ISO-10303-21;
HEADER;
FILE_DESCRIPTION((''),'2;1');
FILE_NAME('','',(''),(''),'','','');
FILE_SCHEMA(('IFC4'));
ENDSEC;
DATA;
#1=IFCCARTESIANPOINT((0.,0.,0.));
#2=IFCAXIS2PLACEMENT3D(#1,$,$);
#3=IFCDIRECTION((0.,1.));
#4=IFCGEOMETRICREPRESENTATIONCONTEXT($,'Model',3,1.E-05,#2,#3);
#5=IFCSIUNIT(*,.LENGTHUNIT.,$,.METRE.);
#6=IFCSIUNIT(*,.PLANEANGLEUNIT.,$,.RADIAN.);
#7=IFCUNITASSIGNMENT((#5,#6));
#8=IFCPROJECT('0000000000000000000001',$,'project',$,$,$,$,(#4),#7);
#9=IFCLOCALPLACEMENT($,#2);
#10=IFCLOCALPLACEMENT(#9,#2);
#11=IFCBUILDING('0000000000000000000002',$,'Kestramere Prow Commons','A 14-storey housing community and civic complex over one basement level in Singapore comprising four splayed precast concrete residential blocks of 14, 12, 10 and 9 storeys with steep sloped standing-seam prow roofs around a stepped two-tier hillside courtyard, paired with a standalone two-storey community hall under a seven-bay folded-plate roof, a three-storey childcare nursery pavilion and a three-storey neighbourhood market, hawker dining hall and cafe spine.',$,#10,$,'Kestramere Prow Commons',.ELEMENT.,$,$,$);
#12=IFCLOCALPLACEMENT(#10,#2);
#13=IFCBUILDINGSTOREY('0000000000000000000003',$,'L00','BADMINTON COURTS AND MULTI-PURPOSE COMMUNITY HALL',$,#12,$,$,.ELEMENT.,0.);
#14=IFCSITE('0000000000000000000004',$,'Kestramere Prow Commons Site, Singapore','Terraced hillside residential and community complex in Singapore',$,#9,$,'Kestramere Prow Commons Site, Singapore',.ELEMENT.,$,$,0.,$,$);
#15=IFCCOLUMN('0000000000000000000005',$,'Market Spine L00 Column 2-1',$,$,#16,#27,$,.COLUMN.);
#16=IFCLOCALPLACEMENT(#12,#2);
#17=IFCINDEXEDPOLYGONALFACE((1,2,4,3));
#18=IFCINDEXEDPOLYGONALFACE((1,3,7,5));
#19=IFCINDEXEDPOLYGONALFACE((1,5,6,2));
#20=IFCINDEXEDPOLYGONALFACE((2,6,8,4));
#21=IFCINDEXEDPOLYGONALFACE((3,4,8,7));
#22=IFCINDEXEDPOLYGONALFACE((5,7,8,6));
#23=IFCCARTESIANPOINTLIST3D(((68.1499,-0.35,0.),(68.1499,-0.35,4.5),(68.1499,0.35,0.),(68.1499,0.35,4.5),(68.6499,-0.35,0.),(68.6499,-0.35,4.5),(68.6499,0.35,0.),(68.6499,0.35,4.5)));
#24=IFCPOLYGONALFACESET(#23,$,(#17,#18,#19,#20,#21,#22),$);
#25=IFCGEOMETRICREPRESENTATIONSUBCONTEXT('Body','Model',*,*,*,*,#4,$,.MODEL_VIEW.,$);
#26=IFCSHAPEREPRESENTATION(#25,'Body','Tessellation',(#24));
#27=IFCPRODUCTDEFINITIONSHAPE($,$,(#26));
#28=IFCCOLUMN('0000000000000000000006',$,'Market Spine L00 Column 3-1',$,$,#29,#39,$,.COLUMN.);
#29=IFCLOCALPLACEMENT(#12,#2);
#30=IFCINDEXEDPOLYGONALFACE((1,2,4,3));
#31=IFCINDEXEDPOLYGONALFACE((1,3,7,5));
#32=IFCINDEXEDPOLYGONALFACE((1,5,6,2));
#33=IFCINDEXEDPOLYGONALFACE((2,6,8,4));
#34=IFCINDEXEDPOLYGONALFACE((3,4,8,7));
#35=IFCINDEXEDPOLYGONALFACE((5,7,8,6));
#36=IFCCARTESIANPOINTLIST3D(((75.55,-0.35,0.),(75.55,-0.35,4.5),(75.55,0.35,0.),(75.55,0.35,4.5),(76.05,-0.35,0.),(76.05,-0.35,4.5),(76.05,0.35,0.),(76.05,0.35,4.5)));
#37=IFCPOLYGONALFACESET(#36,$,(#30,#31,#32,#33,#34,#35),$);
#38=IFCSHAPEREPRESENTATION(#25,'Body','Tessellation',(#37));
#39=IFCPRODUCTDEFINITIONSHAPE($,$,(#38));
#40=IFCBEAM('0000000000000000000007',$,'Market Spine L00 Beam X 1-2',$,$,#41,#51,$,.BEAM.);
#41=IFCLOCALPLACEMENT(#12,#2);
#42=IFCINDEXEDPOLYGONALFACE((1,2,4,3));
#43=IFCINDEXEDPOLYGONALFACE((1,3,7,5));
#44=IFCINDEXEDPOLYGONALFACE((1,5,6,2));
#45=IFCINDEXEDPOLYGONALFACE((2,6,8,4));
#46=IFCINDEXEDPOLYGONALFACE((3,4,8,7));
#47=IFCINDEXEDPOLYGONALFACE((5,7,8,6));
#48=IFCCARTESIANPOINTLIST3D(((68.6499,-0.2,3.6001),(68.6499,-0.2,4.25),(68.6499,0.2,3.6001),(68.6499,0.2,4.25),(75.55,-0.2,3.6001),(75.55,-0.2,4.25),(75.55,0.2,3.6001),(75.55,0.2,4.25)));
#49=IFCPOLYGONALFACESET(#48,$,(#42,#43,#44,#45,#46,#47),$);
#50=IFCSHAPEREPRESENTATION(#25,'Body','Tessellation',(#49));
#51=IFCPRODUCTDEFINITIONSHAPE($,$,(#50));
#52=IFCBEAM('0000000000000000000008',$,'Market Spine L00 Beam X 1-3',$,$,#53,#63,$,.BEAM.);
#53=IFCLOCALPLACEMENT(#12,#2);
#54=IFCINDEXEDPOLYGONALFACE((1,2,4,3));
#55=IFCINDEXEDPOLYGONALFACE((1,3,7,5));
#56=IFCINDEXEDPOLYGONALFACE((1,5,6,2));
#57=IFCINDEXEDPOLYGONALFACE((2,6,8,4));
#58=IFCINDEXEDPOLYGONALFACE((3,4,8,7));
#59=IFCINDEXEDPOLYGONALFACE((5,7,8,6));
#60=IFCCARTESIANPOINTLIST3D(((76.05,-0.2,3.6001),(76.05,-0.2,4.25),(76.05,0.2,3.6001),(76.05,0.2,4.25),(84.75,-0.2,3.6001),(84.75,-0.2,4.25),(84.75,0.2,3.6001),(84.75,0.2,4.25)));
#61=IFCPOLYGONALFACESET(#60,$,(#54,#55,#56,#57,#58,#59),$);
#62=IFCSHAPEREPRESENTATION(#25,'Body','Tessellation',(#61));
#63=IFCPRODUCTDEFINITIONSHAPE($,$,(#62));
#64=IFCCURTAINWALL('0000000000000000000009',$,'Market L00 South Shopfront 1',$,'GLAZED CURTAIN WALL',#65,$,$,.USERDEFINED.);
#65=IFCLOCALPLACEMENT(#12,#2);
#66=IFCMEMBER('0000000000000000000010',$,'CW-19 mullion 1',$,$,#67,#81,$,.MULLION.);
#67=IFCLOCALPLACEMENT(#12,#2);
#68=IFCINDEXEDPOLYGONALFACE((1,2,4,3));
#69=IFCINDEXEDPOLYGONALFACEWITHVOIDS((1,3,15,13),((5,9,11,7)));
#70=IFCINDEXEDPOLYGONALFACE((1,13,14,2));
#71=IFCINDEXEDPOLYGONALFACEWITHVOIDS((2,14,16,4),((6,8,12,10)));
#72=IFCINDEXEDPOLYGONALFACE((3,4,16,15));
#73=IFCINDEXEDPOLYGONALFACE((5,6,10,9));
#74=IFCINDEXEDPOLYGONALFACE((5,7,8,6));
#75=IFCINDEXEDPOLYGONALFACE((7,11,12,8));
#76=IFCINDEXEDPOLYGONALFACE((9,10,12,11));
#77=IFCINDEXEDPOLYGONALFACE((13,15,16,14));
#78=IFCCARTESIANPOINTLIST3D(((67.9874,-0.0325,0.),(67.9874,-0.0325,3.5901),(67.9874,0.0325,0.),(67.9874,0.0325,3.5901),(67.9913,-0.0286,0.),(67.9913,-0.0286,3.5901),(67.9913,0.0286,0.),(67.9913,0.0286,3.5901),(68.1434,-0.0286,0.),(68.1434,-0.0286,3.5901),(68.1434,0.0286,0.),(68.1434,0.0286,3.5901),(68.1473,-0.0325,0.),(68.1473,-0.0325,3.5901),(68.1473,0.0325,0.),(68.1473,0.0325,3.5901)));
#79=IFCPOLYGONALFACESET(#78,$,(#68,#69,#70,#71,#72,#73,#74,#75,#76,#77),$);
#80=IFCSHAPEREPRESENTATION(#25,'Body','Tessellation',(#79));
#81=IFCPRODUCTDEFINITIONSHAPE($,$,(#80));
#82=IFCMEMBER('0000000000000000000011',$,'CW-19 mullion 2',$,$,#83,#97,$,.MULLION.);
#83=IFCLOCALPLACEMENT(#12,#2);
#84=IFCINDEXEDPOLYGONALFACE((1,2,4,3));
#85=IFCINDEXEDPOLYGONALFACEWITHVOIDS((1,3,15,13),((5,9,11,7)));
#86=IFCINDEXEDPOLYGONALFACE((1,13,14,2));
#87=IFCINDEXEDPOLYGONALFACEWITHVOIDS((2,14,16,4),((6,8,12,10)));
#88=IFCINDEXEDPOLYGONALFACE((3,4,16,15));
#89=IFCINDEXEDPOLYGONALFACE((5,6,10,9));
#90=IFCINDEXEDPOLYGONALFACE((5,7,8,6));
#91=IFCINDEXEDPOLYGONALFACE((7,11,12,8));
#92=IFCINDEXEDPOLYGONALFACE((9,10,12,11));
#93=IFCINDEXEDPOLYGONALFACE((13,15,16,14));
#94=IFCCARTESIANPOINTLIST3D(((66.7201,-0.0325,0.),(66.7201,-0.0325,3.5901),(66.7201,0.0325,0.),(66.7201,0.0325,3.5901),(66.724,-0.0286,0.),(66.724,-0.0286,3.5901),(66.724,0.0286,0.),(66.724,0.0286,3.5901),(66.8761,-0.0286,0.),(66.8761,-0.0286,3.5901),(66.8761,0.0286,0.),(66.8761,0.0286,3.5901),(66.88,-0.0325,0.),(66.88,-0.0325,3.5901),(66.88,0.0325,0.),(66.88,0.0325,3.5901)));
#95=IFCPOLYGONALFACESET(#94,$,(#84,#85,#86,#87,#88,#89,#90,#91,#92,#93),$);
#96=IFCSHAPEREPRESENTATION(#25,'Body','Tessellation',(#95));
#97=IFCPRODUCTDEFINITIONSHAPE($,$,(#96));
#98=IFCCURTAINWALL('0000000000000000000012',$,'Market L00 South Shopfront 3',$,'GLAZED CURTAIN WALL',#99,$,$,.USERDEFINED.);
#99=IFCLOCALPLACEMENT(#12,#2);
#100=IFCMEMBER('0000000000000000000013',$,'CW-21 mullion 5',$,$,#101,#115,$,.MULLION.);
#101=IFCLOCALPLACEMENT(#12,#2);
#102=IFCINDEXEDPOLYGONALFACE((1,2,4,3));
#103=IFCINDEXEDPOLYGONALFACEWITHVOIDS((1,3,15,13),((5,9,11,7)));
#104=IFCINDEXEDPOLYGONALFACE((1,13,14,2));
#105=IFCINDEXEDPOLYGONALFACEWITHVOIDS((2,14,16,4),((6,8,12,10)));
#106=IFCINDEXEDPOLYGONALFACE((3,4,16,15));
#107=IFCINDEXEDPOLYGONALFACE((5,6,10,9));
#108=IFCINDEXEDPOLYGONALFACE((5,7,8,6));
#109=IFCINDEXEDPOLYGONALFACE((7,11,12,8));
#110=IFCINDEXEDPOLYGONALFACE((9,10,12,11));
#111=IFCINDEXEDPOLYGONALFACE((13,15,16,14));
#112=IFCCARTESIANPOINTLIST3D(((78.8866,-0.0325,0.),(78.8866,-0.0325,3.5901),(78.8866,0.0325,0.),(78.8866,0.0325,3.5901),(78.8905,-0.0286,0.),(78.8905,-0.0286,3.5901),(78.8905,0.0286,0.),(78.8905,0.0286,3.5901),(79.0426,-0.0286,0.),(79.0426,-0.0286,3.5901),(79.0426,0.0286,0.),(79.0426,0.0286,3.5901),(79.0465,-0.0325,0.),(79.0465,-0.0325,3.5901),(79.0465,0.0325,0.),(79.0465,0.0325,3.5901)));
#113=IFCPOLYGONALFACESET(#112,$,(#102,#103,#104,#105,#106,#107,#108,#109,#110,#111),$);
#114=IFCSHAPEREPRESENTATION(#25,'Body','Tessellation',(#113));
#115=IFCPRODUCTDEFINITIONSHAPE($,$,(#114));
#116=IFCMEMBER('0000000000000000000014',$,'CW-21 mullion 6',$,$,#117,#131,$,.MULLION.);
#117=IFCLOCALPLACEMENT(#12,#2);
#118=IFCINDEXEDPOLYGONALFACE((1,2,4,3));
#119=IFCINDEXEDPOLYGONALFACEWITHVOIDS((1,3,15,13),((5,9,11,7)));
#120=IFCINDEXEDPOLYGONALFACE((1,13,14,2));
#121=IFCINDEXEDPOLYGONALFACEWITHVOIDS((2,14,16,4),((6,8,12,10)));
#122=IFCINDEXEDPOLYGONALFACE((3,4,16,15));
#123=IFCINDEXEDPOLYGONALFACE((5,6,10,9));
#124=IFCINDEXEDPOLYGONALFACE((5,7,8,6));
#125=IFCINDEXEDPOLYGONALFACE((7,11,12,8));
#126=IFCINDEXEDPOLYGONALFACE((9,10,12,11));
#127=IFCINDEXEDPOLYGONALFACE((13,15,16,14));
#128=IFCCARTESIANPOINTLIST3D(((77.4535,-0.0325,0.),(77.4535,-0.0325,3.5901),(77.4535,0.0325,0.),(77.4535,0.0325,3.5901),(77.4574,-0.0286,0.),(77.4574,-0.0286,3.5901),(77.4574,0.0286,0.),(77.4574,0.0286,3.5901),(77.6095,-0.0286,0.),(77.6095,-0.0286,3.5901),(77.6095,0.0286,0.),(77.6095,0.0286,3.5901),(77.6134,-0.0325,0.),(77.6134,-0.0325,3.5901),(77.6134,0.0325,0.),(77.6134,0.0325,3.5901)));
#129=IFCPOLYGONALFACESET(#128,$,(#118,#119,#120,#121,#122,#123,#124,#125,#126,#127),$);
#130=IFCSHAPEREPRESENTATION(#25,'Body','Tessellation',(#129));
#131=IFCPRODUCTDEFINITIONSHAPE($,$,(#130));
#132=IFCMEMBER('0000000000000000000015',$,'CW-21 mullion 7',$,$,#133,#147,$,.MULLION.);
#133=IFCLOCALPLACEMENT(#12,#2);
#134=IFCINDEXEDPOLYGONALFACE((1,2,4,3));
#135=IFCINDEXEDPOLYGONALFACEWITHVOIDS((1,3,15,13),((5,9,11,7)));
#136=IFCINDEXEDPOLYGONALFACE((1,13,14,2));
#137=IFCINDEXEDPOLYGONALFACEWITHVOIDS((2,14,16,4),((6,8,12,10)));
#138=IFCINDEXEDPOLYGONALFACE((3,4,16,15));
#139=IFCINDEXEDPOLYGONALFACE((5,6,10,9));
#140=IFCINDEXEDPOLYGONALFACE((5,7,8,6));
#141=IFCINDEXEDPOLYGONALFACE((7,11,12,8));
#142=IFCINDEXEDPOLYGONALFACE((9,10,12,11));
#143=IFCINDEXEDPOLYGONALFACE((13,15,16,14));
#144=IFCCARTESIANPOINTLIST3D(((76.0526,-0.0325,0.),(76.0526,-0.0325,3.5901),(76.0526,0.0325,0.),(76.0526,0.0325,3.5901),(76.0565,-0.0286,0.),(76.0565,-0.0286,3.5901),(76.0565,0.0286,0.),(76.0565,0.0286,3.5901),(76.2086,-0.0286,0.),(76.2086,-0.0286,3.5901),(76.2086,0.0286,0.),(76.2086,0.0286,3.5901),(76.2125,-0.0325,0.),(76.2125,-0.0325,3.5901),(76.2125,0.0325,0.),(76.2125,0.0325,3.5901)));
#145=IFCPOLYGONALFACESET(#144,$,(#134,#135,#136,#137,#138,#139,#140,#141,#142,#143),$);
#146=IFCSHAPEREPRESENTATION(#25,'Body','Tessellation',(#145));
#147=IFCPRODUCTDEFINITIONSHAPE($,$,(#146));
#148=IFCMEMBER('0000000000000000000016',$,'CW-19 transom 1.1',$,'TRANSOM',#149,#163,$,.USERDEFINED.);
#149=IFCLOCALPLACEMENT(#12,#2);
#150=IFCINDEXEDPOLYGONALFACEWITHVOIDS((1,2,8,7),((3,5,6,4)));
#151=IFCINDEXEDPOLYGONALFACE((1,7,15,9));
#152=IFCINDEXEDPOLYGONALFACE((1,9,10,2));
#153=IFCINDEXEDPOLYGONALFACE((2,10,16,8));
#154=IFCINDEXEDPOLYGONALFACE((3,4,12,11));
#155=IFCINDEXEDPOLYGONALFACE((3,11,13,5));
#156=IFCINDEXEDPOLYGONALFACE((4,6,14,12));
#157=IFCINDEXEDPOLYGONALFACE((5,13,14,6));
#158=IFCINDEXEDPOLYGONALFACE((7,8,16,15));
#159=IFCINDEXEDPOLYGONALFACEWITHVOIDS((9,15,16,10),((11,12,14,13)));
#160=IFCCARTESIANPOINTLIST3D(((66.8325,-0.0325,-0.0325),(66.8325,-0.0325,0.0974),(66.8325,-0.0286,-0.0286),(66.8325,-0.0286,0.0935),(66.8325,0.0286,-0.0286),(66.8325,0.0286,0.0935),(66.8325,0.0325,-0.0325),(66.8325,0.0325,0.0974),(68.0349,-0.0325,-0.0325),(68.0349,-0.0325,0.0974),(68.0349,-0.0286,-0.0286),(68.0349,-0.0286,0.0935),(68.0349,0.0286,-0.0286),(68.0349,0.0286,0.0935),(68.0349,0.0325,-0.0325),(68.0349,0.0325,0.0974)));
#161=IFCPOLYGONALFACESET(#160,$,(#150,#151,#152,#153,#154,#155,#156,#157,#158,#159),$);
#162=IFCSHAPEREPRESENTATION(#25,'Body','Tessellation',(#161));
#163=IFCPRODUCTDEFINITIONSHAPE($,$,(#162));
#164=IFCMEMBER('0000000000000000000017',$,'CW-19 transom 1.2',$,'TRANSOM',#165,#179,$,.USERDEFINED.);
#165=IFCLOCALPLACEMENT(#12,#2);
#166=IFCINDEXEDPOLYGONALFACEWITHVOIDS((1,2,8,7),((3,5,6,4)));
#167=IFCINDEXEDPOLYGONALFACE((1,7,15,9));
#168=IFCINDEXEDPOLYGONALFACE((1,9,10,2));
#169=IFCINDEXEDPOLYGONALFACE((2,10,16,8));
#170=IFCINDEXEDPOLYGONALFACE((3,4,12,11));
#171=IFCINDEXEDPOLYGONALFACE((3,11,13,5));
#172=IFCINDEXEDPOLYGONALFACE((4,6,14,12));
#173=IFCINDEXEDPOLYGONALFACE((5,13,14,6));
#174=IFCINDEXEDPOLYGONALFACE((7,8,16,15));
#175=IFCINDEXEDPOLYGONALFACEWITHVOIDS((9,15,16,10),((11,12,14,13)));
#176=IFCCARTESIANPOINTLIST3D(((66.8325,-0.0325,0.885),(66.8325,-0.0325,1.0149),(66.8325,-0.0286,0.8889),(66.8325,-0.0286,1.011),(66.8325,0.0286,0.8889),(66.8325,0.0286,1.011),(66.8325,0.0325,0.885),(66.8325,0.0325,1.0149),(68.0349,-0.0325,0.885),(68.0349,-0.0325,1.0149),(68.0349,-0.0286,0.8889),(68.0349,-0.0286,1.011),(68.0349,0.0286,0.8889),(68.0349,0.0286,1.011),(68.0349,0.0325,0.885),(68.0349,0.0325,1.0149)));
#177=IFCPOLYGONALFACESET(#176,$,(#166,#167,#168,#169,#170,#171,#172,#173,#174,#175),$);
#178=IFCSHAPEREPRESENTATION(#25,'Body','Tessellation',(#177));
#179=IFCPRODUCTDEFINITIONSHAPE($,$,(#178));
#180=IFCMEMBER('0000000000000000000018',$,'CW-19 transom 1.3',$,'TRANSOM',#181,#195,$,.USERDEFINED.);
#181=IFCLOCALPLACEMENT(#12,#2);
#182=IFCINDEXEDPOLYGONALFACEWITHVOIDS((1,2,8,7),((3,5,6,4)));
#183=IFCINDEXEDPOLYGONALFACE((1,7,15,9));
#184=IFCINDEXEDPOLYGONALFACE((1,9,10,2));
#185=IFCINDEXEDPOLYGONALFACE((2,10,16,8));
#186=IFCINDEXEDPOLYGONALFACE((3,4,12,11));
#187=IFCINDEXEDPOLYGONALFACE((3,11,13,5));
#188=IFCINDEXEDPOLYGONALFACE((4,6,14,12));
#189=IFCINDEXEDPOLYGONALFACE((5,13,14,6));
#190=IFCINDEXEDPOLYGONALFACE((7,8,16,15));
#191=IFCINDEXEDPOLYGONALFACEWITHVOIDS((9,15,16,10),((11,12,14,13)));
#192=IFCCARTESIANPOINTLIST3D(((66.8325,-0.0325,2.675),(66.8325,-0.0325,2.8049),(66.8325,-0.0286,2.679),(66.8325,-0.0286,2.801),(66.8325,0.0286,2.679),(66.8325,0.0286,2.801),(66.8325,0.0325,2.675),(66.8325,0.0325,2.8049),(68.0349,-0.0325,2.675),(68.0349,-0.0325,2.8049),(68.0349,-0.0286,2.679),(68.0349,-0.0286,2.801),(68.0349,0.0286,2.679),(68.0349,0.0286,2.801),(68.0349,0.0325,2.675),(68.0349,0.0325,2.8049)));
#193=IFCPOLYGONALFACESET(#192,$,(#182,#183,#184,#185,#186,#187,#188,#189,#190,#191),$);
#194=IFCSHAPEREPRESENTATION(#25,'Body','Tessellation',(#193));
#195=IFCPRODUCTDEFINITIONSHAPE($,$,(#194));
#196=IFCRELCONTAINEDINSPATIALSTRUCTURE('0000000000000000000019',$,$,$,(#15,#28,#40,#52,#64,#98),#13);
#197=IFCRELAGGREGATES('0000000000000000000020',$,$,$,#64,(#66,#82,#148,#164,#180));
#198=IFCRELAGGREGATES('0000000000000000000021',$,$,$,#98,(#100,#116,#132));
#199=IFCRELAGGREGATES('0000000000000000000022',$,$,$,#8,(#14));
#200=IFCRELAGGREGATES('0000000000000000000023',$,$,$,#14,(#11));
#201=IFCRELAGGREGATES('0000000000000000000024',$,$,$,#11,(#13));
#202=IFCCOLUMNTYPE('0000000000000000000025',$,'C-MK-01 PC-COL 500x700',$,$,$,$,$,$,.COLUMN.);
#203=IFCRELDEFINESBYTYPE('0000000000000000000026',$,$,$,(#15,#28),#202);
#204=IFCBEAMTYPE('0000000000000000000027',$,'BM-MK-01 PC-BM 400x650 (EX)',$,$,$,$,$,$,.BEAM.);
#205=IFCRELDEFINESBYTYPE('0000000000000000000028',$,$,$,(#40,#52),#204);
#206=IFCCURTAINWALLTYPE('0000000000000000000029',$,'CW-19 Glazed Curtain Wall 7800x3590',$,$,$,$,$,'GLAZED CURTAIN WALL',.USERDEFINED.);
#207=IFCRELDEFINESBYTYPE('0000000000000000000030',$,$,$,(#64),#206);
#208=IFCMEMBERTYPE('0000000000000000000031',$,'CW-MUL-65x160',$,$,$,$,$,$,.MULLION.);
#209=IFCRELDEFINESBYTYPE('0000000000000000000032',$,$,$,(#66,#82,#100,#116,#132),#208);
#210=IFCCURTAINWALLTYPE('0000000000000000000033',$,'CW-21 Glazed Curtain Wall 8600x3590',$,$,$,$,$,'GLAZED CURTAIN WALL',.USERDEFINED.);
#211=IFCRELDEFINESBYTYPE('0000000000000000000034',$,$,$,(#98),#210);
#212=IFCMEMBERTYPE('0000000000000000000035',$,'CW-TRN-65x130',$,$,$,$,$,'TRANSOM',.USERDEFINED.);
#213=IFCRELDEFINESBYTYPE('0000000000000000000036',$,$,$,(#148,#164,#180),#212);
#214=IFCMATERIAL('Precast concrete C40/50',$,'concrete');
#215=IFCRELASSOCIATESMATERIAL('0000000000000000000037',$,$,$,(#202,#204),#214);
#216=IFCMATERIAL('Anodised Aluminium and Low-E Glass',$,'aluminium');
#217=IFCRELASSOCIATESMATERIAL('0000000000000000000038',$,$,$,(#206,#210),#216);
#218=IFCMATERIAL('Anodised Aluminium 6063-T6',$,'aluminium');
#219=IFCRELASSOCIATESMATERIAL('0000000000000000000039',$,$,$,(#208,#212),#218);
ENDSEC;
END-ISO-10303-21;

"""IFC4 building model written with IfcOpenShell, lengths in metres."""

from ifc_helpers import new_model, si_unit, direction, frame, origin, origin_2d, place, context, subcontext, project, spatial, rectangle, hollow_rectangle, extrude, material, material_profile, profile_set, type_object, element, aggregate, save


model = new_model("IFC4")

# Units and contexts
model_context = context("Model", 3, precision=1e-05, world=origin(), true_north=direction((0.0, 1.0)))
body_context = subcontext(model_context, "Body", "Model", "MODEL_VIEW")
ifc_project = project(units=[si_unit("LENGTHUNIT", "METRE"), si_unit("PLANEANGLEUNIT", "RADIAN")], contexts=[model_context])

# Site, building, storey
site_placement = place(None, origin())
site = spatial("IfcSite", under=ifc_project, at=site_placement, Name="Kestramere Prow Commons Site, Singapore", Description="Terraced hillside residential and community complex in Singapore", LongName="Kestramere Prow Commons Site, Singapore", CompositionType="ELEMENT", RefElevation=0.0)
building_placement = place(site_placement, origin())
building = spatial("IfcBuilding", under=site, at=building_placement, Name="Kestramere Prow Commons", Description="A 14-storey housing community and civic complex over one basement level in Singapore comprising four splayed precast concrete residential blocks of 14, 12, 10 and 9 storeys with steep sloped standing-seam prow roofs around a stepped two-tier hillside courtyard, paired with a standalone two-storey community hall under a seven-bay folded-plate roof, a three-storey childcare nursery pavilion and a three-storey neighbourhood market, hawker dining hall and cafe spine.", LongName="Kestramere Prow Commons", CompositionType="ELEMENT")
storey_placement = place(building_placement, origin())
storey = spatial("IfcBuildingStorey", under=building, at=storey_placement, Name="L00", Description="BADMINTON COURTS AND MULTI-PURPOSE COMMUNITY HALL", CompositionType="ELEMENT", Elevation=0.0)

# Columns
ifc_material_1 = material(Name="Precast concrete C40/50", Category="concrete")
ifc_material_profile_1 = material_profile(ifc_material_1, rectangle(XDim=0.5, YDim=0.7, at=origin_2d()), Name="PC-COL 500x700")
ifc_profile_set_1 = profile_set([ifc_material_profile_1], Name="Precast concrete C40/50")
column_type = type_object("IfcColumnType", Name="C-MK-01 PC-COL 500x700", PredefinedType="COLUMN", material=ifc_profile_set_1)
for number, where, z_axis, x_axis, name in (
    (1, (68.3999, 0.0, 0.0), (0.0, 0.0, 1.0), (1.0, 0.0, 0.0), "Market Spine L00 Column 2-1"),
    (2, (75.8, 0.0, 0.0), (0.0, 0.0, 1.0), (1.0, 0.0, 0.0), "Market Spine L00 Column 3-1"),
):
    element("IfcColumn", number, at=place(storey_placement, frame(where, z_axis=z_axis, x_axis=x_axis)), inside=storey, type_object=column_type, Name=name, PredefinedType="COLUMN", context=body_context, shape_type="SweptSolid", body=[
        extrude(rectangle(XDim=0.5, YDim=0.7, at=origin_2d()), origin(), (0.0, 0.0, 1.0), 4.5),
    ])

# Beams
ifc_material_profile_2 = material_profile(ifc_material_1, rectangle(XDim=0.3999, YDim=0.6499, at=origin_2d()), Name="PC-BM 400x650")
ifc_profile_set_2 = profile_set([ifc_material_profile_2], Name="Precast concrete C40/50")
beam_type = type_object("IfcBeamType", Name="BM-MK-01 PC-BM 400x650 (EX)", PredefinedType="BEAM", material=ifc_profile_set_2)
beam_1_placement = place(storey_placement, frame((68.6499, 0.0, 3.925), z_axis=(1.0, 0.0, 0.0), x_axis=(0.0, 1.0, 0.0)))
element("IfcBeam", 3, at=beam_1_placement, inside=storey, type_object=beam_type, Name="Market Spine L00 Beam X 1-2", PredefinedType="BEAM", context=body_context, shape_type="SweptSolid", body=[
    extrude(rectangle(XDim=0.3999, YDim=0.6499, at=origin_2d()), origin(), (0.0, 0.0, 1.0), 6.9001),
])
beam_2_placement = place(storey_placement, frame((76.05, 0.0, 3.925), z_axis=(1.0, 0.0, 0.0), x_axis=(0.0, 1.0, 0.0)))
element("IfcBeam", 4, at=beam_2_placement, inside=storey, type_object=beam_type, Name="Market Spine L00 Beam X 1-3", PredefinedType="BEAM", context=body_context, shape_type="SweptSolid", body=[
    extrude(rectangle(XDim=0.3999, YDim=0.6499, at=origin_2d()), origin(), (0.0, 0.0, 1.0), 8.7),
])

# Curtain walls, members
ifc_material_2 = material(Name="Anodised Aluminium and Low-E Glass", Category="aluminium")
curtain_wall_type_1 = type_object("IfcCurtainWallType", Name="CW-19 Glazed Curtain Wall 7800x3590", ElementType="GLAZED CURTAIN WALL", PredefinedType="USERDEFINED", material=ifc_material_2)
curtain_wall_1_placement = place(storey_placement, origin())
curtain_wall_1 = element("IfcCurtainWall", 5, at=curtain_wall_1_placement, inside=storey, type_object=curtain_wall_type_1, Name="Market L00 South Shopfront 1", ObjectType="GLAZED CURTAIN WALL", PredefinedType="USERDEFINED")
ifc_material_3 = material(Name="Anodised Aluminium 6063-T6", Category="aluminium")
ifc_material_profile_3 = material_profile(ifc_material_3, hollow_rectangle(XDim=0.0649, YDim=0.1599, WallThickness=0.0039, at=origin_2d()), Name="ALU-MUL 65x160")
ifc_profile_set_3 = profile_set([ifc_material_profile_3], Name="Anodised Aluminium 6063-T6")
member_type_1 = type_object("IfcMemberType", Name="CW-MUL-65x160", PredefinedType="MULLION", material=ifc_profile_set_3)
member_1_placement = place(storey_placement, frame((68.0674, 0.0, 0.0), z_axis=(0.0, 0.0, 1.0), x_axis=(0.0, -1.0, 0.0)))
member_1 = element("IfcMember", 6, at=member_1_placement, type_object=member_type_1, Name="CW-19 mullion 1", PredefinedType="MULLION", context=body_context, shape_type="SweptSolid", body=[
    extrude(hollow_rectangle(XDim=0.0649, YDim=0.1599, WallThickness=0.0039, at=origin_2d()), origin(), (0.0, 0.0, 1.0), 3.5901),
])
member_2_placement = place(storey_placement, frame((66.8, 0.0, 0.0), z_axis=(0.0, 0.0, 1.0), x_axis=(0.0, -1.0, 0.0)))
member_2 = element("IfcMember", 7, at=member_2_placement, type_object=member_type_1, Name="CW-19 mullion 2", PredefinedType="MULLION", context=body_context, shape_type="SweptSolid", body=[
    extrude(hollow_rectangle(XDim=0.0649, YDim=0.1599, WallThickness=0.0039, at=origin_2d()), origin(), (0.0, 0.0, 1.0), 3.5901),
])
curtain_wall_type_2 = type_object("IfcCurtainWallType", Name="CW-21 Glazed Curtain Wall 8600x3590", ElementType="GLAZED CURTAIN WALL", PredefinedType="USERDEFINED", material=ifc_material_2)
curtain_wall_2_placement = place(storey_placement, origin())
curtain_wall_2 = element("IfcCurtainWall", 8, at=curtain_wall_2_placement, inside=storey, type_object=curtain_wall_type_2, Name="Market L00 South Shopfront 3", ObjectType="GLAZED CURTAIN WALL", PredefinedType="USERDEFINED")
member_3_placement = place(storey_placement, frame((78.9666, 0.0, 0.0), z_axis=(0.0, 0.0, 1.0), x_axis=(0.0, -1.0, 0.0)))
member_3 = element("IfcMember", 9, at=member_3_placement, type_object=member_type_1, Name="CW-21 mullion 5", PredefinedType="MULLION", context=body_context, shape_type="SweptSolid", body=[
    extrude(hollow_rectangle(XDim=0.0649, YDim=0.1599, WallThickness=0.0039, at=origin_2d()), origin(), (0.0, 0.0, 1.0), 3.5901),
])
member_4_placement = place(storey_placement, frame((77.5334, 0.0, 0.0), z_axis=(0.0, 0.0, 1.0), x_axis=(0.0, -1.0, 0.0)))
member_4 = element("IfcMember", 10, at=member_4_placement, type_object=member_type_1, Name="CW-21 mullion 6", PredefinedType="MULLION", context=body_context, shape_type="SweptSolid", body=[
    extrude(hollow_rectangle(XDim=0.0649, YDim=0.1599, WallThickness=0.0039, at=origin_2d()), origin(), (0.0, 0.0, 1.0), 3.5901),
])
member_5_placement = place(storey_placement, frame((76.1326, 0.0, 0.0), z_axis=(0.0, 0.0, 1.0), x_axis=(0.0, -1.0, 0.0)))
member_5 = element("IfcMember", 11, at=member_5_placement, type_object=member_type_1, Name="CW-21 mullion 7", PredefinedType="MULLION", context=body_context, shape_type="SweptSolid", body=[
    extrude(hollow_rectangle(XDim=0.0649, YDim=0.1599, WallThickness=0.0039, at=origin_2d()), origin(), (0.0, 0.0, 1.0), 3.5901),
])

# Members
ifc_material_profile_4 = material_profile(ifc_material_3, hollow_rectangle(XDim=0.0649, YDim=0.1299, WallThickness=0.0039, at=origin_2d()), Name="ALU-TRN 65x130")
ifc_profile_set_4 = profile_set([ifc_material_profile_4], Name="Anodised Aluminium 6063-T6")
member_type_2 = type_object("IfcMemberType", Name="CW-TRN-65x130", ElementType="TRANSOM", PredefinedType="USERDEFINED", material=ifc_profile_set_4)
member_6_placement = place(storey_placement, frame((68.0349, 0.0, 0.0325), z_axis=(-1.0, 0.0, 0.0), x_axis=(0.0, -1.0, 0.0)))
member_6 = element("IfcMember", 12, at=member_6_placement, type_object=member_type_2, Name="CW-19 transom 1.1", ObjectType="TRANSOM", PredefinedType="USERDEFINED", context=body_context, shape_type="SweptSolid", body=[
    extrude(hollow_rectangle(XDim=0.0649, YDim=0.1299, WallThickness=0.0039, at=origin_2d()), origin(), (0.0, 0.0, 1.0), 1.2024),
])
member_7_placement = place(storey_placement, frame((68.0349, 0.0, 0.95), z_axis=(-1.0, 0.0, 0.0), x_axis=(0.0, -1.0, 0.0)))
member_7 = element("IfcMember", 13, at=member_7_placement, type_object=member_type_2, Name="CW-19 transom 1.2", ObjectType="TRANSOM", PredefinedType="USERDEFINED", context=body_context, shape_type="SweptSolid", body=[
    extrude(hollow_rectangle(XDim=0.0649, YDim=0.1299, WallThickness=0.0039, at=origin_2d()), origin(), (0.0, 0.0, 1.0), 1.2024),
])
member_8_placement = place(storey_placement, frame((68.0349, 0.0, 2.74), z_axis=(-1.0, 0.0, 0.0), x_axis=(0.0, -1.0, 0.0)))
member_8 = element("IfcMember", 14, at=member_8_placement, type_object=member_type_2, Name="CW-19 transom 1.3", ObjectType="TRANSOM", PredefinedType="USERDEFINED", context=body_context, shape_type="SweptSolid", body=[
    extrude(hollow_rectangle(XDim=0.0649, YDim=0.1299, WallThickness=0.0039, at=origin_2d()), origin(), (0.0, 0.0, 1.0), 1.2024),
])

aggregate(curtain_wall_1, [member_1, member_2, member_6, member_7, member_8])
aggregate(curtain_wall_2, [member_3, member_4, member_5])

save(model, "model.ifc")
